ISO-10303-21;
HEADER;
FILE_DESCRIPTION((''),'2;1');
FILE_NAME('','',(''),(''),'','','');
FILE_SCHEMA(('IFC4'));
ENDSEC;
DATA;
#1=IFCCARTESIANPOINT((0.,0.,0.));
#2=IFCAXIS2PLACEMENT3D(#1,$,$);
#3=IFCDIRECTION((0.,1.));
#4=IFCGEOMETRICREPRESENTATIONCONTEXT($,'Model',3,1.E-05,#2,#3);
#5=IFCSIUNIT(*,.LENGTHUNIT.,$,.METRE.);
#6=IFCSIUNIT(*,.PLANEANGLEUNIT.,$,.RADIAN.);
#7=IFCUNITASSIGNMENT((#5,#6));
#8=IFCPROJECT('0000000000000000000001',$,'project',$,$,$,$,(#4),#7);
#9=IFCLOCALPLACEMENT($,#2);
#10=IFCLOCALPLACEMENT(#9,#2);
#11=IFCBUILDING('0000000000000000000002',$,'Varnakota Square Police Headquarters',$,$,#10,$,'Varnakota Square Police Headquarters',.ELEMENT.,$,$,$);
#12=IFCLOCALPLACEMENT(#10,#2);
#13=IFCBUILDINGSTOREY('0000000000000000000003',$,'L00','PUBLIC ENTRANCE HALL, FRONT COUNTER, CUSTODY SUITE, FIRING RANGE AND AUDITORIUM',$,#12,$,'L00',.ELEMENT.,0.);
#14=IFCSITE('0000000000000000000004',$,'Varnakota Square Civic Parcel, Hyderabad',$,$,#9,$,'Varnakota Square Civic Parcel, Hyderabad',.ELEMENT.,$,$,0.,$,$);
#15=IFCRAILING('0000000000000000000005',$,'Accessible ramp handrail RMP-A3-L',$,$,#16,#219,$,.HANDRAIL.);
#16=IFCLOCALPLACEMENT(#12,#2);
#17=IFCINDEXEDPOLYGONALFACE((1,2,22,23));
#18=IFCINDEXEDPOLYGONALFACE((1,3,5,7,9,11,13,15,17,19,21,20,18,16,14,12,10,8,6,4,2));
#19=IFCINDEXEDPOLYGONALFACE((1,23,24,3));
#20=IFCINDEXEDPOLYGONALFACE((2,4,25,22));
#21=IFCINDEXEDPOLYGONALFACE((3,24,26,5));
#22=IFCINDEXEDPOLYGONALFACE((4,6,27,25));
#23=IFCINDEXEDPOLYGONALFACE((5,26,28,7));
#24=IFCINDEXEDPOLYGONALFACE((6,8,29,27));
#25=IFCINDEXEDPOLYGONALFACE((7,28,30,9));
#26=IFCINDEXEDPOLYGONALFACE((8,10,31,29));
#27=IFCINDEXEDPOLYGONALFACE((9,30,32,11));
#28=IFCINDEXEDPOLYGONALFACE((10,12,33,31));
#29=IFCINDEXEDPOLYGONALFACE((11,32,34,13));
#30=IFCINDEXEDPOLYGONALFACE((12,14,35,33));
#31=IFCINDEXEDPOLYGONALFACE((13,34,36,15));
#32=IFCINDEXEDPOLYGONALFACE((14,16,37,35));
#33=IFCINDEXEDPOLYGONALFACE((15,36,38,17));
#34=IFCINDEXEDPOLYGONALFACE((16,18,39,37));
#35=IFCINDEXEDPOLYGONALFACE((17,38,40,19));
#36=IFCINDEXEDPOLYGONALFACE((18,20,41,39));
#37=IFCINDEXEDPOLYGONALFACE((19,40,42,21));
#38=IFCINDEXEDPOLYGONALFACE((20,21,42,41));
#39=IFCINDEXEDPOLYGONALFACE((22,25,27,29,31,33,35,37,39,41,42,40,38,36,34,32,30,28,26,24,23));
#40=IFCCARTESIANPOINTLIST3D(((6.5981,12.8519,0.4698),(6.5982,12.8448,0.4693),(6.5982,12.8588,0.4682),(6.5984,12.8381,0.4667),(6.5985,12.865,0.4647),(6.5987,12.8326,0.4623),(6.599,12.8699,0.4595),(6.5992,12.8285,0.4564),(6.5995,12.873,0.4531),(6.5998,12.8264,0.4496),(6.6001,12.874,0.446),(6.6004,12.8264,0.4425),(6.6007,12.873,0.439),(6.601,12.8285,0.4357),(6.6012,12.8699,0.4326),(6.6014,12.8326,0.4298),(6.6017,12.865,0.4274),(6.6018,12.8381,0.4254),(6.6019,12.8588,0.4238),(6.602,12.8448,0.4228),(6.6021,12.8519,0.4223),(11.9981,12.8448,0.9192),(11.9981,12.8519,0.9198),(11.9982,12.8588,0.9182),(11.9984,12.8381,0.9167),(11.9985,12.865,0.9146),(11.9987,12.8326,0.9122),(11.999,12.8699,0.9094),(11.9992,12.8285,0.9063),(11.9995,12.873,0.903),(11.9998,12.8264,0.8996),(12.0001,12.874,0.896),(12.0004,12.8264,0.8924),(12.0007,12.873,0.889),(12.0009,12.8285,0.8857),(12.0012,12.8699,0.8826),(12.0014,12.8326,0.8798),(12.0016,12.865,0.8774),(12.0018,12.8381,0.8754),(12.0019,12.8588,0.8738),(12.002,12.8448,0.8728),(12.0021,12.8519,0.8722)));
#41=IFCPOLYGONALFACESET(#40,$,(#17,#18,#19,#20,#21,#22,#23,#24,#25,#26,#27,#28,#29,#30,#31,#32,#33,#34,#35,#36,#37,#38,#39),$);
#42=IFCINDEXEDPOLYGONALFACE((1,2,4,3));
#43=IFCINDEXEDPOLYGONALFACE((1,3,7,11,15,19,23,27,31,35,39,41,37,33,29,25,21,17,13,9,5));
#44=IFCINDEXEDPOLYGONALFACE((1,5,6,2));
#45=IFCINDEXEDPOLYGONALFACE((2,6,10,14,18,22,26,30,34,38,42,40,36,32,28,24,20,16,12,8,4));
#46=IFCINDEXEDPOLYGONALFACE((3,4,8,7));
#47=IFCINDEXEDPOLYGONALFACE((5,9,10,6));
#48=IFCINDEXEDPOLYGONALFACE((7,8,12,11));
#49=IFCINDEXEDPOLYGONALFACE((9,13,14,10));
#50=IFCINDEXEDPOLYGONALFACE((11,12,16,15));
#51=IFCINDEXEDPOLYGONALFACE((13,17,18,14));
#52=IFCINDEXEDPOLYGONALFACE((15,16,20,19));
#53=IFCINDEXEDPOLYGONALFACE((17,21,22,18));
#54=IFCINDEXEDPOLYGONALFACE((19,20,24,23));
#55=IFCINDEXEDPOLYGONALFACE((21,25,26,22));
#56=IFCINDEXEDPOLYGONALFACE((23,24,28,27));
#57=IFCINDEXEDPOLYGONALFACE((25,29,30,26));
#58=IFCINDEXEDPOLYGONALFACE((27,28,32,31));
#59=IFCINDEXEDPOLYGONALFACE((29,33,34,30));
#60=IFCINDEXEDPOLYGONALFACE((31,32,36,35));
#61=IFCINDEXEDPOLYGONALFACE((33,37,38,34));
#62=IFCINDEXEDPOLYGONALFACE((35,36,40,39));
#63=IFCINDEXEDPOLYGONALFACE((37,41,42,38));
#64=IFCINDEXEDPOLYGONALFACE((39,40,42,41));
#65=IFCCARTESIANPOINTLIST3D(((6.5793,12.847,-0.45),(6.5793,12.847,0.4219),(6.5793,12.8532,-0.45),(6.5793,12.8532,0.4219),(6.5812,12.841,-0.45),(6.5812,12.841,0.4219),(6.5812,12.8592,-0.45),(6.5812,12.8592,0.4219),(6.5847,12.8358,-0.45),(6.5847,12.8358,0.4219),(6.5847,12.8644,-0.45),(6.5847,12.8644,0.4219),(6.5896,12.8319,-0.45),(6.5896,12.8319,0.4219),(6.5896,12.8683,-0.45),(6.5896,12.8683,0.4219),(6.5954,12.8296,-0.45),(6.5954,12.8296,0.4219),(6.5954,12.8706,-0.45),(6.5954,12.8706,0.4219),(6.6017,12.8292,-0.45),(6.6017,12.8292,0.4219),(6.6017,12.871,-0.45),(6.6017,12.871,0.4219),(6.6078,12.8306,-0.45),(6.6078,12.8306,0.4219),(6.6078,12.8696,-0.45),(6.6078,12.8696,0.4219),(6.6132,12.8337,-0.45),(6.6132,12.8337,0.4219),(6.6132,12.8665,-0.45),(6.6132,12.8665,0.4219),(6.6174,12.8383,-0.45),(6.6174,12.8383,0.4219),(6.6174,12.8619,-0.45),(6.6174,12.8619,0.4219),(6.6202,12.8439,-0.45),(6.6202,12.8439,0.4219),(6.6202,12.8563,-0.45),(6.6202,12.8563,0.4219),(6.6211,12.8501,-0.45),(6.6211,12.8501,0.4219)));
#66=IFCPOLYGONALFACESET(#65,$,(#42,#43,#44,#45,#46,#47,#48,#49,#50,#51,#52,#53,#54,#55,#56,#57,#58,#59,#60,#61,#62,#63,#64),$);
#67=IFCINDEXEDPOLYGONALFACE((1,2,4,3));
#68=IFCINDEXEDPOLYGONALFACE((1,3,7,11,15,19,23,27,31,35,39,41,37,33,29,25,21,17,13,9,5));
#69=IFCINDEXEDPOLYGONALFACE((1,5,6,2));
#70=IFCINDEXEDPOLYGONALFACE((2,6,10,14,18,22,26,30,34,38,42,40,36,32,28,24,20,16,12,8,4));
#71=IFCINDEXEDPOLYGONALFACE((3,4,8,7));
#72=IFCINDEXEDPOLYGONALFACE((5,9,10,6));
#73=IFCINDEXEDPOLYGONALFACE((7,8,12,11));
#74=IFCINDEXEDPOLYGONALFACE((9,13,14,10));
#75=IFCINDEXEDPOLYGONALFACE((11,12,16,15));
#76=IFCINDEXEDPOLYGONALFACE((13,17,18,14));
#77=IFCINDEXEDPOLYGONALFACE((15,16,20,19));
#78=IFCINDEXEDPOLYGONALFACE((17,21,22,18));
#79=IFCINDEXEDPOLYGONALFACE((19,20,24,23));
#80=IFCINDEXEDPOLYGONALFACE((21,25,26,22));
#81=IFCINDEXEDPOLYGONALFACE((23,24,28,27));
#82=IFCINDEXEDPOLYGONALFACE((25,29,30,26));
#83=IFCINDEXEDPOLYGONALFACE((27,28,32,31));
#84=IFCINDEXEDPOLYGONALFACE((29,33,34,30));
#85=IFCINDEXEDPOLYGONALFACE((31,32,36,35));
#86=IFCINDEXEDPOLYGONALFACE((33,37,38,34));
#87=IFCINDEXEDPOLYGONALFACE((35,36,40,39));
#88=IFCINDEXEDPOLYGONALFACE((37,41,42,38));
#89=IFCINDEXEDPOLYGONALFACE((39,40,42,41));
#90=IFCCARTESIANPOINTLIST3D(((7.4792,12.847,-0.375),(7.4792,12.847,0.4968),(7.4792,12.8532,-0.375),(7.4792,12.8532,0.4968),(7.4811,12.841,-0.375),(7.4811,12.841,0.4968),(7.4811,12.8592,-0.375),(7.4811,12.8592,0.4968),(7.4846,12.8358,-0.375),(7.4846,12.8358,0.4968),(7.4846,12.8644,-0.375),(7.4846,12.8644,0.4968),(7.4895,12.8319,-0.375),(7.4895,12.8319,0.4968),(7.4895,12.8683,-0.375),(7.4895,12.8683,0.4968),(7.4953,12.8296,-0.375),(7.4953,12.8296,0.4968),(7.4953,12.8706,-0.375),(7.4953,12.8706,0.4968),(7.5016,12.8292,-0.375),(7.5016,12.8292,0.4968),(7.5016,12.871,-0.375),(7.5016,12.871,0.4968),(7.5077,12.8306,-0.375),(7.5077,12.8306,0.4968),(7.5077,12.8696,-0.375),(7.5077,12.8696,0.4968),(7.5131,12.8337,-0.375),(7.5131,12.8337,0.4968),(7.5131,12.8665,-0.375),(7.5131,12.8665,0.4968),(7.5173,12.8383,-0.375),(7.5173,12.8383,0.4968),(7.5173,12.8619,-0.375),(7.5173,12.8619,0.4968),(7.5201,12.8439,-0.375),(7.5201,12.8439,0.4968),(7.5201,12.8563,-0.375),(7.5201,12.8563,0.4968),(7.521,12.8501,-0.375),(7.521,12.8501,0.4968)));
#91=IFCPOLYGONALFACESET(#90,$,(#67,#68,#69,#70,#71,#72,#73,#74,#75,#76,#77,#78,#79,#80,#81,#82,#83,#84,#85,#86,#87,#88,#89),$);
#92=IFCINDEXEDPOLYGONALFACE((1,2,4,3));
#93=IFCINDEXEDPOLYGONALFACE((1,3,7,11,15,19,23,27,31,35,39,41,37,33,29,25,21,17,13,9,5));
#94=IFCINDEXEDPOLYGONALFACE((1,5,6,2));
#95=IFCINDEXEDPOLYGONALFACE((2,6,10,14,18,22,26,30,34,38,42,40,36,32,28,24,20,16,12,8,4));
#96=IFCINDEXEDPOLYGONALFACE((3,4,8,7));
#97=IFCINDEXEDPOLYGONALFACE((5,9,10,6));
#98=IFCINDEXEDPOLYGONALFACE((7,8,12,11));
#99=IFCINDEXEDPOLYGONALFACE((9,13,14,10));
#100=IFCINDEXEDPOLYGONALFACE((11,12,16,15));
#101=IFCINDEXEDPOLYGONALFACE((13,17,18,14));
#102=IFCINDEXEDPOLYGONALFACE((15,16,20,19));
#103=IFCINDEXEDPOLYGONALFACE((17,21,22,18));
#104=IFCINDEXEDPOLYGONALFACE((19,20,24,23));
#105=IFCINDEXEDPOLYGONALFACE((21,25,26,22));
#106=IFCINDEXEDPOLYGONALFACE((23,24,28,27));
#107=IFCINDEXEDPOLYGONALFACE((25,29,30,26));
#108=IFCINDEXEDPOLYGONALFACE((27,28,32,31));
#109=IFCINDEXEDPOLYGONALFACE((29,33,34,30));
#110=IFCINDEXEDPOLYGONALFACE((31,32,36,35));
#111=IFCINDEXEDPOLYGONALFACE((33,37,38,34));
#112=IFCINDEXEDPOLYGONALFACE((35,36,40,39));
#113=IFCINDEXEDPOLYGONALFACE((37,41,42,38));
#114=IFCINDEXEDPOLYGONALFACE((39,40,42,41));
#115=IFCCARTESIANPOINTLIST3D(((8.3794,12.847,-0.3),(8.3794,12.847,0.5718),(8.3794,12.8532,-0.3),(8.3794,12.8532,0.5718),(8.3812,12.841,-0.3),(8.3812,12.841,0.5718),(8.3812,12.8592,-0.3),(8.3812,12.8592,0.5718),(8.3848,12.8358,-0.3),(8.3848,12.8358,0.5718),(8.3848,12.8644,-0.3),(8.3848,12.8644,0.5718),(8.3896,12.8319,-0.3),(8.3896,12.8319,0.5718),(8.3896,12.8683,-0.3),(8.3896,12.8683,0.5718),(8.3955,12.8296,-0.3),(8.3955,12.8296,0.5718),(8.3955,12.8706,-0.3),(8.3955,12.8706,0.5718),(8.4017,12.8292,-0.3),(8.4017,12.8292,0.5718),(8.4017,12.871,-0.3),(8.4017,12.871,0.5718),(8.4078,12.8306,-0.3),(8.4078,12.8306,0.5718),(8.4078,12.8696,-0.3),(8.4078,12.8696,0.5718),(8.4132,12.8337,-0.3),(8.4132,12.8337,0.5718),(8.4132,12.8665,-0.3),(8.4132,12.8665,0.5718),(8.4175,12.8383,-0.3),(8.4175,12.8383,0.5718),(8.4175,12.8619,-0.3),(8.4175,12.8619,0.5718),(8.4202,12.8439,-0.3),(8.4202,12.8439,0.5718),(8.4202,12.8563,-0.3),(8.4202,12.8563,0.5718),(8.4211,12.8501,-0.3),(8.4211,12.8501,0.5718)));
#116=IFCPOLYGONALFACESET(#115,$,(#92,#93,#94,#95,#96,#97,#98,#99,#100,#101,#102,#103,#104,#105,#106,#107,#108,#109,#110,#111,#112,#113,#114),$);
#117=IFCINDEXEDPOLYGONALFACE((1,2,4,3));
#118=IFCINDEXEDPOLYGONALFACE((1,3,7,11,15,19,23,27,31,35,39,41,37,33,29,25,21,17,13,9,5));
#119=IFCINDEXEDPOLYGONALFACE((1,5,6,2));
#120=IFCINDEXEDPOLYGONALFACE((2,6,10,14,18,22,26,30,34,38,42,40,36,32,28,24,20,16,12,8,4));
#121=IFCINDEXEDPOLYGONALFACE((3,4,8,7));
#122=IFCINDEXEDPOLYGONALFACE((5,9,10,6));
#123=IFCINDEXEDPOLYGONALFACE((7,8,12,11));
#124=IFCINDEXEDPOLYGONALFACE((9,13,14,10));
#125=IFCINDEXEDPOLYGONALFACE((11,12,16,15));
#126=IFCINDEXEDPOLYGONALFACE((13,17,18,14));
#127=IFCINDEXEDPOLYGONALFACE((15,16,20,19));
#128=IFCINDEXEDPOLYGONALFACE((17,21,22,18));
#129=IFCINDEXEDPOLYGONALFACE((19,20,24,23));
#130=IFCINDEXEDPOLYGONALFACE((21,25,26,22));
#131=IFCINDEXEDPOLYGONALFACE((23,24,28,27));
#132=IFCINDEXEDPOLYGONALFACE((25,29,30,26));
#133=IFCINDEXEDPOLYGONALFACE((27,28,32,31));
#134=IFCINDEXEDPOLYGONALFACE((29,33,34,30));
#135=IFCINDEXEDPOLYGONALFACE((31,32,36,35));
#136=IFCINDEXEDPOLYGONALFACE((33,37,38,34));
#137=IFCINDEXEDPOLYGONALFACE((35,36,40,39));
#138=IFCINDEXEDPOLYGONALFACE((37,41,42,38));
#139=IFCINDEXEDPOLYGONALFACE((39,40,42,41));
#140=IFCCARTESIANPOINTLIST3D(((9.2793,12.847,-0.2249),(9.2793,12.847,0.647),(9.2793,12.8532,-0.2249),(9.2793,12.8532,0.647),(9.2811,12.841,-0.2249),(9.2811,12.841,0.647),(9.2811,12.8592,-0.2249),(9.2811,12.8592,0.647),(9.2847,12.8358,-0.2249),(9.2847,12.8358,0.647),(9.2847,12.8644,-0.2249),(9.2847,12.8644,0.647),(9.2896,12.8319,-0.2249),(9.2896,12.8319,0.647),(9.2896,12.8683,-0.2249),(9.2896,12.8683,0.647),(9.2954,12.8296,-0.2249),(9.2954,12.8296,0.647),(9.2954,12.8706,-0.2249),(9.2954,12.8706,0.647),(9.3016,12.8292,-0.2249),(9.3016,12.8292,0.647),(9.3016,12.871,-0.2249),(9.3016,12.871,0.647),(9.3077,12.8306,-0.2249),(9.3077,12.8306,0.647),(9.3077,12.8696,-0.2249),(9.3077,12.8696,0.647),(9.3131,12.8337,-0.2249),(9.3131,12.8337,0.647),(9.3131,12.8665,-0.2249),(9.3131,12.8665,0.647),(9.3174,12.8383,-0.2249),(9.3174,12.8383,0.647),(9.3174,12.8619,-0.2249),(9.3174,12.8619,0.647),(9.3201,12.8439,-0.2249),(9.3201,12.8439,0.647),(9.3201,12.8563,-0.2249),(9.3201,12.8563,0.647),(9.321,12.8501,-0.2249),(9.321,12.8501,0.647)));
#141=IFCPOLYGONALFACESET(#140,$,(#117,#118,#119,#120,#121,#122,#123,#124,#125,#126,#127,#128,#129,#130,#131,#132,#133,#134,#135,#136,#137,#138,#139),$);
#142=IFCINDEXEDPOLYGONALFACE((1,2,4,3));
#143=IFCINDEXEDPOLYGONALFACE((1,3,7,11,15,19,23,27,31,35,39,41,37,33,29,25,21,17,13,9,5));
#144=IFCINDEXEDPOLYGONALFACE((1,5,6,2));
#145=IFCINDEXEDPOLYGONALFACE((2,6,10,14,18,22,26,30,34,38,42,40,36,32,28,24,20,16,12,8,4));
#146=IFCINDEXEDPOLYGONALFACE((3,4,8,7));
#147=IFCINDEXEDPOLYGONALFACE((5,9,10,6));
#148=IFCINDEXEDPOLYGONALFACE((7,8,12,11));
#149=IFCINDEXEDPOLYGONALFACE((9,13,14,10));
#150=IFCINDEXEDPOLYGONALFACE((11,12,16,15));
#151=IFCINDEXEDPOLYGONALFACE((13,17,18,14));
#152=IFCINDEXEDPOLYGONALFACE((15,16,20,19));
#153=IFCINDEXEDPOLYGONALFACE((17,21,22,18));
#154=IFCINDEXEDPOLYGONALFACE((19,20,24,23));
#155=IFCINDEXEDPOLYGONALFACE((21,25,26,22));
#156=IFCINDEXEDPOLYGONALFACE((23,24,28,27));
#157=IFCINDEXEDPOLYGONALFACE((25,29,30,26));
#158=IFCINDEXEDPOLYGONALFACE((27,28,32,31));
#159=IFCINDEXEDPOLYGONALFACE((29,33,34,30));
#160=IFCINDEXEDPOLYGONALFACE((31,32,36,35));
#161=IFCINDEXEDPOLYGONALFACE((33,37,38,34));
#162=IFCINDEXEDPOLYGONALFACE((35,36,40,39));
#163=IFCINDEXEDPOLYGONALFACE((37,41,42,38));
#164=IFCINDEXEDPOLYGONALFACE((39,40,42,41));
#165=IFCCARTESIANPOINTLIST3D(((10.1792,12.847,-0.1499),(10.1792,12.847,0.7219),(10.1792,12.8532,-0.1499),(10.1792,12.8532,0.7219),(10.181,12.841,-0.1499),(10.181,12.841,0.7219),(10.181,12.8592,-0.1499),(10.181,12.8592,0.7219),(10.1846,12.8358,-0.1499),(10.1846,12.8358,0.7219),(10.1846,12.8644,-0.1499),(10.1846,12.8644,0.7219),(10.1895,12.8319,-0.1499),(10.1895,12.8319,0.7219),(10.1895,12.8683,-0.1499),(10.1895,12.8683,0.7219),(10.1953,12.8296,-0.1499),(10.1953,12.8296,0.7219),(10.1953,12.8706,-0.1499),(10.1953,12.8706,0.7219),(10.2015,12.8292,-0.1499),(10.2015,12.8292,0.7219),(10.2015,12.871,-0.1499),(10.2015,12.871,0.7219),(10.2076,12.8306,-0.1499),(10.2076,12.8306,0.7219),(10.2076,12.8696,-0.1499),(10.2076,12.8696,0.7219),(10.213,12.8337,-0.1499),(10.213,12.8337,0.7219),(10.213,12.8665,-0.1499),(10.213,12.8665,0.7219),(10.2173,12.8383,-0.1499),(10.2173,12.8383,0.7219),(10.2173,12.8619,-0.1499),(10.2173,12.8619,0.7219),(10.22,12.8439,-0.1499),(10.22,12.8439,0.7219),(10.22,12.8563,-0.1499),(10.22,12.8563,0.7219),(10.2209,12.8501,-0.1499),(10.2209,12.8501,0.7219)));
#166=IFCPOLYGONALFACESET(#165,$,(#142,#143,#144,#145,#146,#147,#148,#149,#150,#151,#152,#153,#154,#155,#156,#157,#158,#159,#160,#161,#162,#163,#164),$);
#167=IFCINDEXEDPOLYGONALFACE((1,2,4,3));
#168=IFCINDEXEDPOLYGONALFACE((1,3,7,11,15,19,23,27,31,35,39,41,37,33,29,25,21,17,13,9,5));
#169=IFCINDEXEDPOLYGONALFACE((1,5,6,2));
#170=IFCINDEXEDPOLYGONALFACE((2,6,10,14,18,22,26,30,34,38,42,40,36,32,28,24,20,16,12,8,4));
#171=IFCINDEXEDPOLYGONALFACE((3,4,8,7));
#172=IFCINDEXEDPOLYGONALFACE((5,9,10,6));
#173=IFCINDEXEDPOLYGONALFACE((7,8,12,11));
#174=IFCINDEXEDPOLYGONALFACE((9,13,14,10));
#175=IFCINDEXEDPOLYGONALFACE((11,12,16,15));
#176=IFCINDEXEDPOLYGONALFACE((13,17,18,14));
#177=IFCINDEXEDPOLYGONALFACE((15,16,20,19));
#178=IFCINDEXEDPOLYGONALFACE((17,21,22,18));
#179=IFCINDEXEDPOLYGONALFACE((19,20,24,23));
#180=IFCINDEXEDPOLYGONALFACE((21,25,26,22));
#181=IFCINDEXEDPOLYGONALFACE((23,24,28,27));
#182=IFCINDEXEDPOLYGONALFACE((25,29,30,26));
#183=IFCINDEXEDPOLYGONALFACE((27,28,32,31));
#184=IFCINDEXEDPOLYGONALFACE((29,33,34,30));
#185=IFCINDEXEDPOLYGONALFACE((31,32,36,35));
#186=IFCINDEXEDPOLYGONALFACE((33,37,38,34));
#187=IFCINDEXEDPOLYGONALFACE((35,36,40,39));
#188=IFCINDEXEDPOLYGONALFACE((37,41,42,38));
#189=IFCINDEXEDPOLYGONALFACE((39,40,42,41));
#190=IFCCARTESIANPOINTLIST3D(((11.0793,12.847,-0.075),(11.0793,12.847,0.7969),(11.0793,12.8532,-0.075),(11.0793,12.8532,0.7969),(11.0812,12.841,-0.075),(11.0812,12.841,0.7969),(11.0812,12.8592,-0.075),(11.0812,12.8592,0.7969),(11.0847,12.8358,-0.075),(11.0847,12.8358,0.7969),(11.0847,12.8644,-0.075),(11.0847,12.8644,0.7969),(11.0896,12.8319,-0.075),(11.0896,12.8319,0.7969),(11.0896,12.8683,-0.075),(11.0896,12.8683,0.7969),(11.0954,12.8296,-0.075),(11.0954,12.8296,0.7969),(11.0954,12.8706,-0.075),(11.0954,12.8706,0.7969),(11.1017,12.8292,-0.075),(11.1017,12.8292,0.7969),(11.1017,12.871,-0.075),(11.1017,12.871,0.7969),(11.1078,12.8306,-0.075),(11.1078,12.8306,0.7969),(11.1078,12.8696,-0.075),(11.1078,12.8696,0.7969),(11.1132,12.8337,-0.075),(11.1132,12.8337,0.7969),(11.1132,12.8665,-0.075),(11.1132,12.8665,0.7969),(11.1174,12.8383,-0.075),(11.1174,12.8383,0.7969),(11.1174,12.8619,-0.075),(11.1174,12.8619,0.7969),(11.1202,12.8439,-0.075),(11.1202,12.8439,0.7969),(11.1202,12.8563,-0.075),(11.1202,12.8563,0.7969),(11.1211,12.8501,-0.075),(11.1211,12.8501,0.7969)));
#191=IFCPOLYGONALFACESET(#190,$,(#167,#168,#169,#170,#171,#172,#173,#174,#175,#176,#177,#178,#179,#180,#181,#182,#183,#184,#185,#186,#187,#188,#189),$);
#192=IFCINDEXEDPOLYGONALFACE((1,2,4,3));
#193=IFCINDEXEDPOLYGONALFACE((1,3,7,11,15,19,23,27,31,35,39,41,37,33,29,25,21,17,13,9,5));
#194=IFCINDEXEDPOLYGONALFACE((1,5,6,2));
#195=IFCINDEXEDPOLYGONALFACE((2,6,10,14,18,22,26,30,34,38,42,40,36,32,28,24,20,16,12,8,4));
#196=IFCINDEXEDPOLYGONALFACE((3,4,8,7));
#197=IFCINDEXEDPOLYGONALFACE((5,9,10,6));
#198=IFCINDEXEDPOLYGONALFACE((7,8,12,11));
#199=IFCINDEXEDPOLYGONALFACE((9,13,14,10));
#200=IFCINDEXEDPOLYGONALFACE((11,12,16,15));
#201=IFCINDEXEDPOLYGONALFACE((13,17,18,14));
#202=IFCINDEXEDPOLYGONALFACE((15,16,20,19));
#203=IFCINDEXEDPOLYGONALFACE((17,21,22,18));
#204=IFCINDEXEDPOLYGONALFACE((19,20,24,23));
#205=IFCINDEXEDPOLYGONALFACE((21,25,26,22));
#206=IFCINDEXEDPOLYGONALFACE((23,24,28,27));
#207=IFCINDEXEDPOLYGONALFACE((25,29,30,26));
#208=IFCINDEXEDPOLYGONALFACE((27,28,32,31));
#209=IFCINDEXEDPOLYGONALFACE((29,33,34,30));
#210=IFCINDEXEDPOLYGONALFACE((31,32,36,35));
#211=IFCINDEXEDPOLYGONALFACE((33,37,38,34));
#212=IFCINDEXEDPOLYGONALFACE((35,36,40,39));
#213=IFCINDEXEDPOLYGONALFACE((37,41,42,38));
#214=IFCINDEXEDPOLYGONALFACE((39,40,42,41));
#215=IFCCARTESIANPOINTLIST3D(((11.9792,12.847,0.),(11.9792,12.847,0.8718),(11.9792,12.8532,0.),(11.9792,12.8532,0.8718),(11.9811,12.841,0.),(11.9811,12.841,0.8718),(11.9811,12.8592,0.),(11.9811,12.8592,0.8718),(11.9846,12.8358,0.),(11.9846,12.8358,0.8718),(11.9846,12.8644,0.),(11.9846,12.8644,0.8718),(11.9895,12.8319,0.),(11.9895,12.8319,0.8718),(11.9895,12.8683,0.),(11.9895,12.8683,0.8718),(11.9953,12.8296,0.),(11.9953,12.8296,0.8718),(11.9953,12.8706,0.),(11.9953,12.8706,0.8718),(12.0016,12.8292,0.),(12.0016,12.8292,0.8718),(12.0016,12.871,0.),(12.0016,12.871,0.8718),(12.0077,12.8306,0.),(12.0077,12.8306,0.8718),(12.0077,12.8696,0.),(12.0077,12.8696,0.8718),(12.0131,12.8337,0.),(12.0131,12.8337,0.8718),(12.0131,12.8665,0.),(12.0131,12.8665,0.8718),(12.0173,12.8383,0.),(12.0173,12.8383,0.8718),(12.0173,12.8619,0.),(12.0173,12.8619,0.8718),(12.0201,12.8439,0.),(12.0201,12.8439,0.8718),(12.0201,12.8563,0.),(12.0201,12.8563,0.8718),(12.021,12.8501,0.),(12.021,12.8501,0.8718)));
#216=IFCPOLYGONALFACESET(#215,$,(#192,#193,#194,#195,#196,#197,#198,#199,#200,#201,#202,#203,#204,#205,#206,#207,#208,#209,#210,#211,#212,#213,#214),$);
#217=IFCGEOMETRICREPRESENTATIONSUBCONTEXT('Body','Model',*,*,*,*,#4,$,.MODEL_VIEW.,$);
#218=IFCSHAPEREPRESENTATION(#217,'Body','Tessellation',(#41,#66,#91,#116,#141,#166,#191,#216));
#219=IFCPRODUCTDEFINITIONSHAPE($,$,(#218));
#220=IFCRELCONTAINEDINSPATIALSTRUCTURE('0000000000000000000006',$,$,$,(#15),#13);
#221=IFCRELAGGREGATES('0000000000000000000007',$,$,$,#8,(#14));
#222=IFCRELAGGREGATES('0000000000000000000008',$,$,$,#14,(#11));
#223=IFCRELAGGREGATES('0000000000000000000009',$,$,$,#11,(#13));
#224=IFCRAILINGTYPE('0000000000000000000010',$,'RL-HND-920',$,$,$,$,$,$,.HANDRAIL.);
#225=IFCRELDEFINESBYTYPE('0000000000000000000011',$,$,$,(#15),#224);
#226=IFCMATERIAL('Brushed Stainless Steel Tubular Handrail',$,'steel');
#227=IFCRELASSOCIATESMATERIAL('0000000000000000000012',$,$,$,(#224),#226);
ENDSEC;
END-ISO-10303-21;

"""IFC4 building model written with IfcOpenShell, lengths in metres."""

from ifc_helpers import new_model, si_unit, direction, frame, origin, origin_2d, place, context, subcontext, project, spatial, circle, extrude, material, type_object, element, save


model = new_model("IFC4")

# Units and contexts
model_context = context("Model", 3, precision=1e-05, world=origin(), true_north=direction((0.0, 1.0)))
body_context = subcontext(model_context, "Body", "Model", "MODEL_VIEW")
ifc_project = project(units=[si_unit("LENGTHUNIT", "METRE"), si_unit("PLANEANGLEUNIT", "RADIAN")], contexts=[model_context])

# Site, building, storey
site_placement = place(None, origin())
site = spatial("IfcSite", under=ifc_project, at=site_placement, Name="Varnakota Square Civic Parcel, Hyderabad", LongName="Varnakota Square Civic Parcel, Hyderabad", CompositionType="ELEMENT", RefElevation=0.0)
building_placement = place(site_placement, origin())
building = spatial("IfcBuilding", under=site, at=building_placement, Name="Varnakota Square Police Headquarters", LongName="Varnakota Square Police Headquarters", CompositionType="ELEMENT")
storey_placement = place(building_placement, origin())
storey = spatial("IfcBuildingStorey", under=building, at=storey_placement, Name="L00", Description="PUBLIC ENTRANCE HALL, FRONT COUNTER, CUSTODY SUITE, FIRING RANGE AND AUDITORIUM", LongName="L00", CompositionType="ELEMENT", Elevation=0.0)

# Railing
ifc_material_1 = material(Name="Brushed Stainless Steel Tubular Handrail", Category="steel")
railing_type = type_object("IfcRailingType", Name="RL-HND-920", PredefinedType="HANDRAIL", material=ifc_material_1)
railing_placement = place(storey_placement, frame((6.6001, 12.8501, -0.45)))
element("IfcRailing", 1, at=railing_placement, inside=storey, type_object=railing_type, Name="Accessible ramp handrail RMP-A3-L", PredefinedType="HANDRAIL", context=body_context, shape_type="SweptSolid", body=[
    extrude(circle(Radius=0.0239, at=origin_2d()), frame((0.0, 0.0, 0.896), z_axis=(0.996546, 0.0, 0.083038), x_axis=(0.0, 1.0, 0.0)), (0.0, 0.0, 1.0), 5.4187),
    extrude(circle(Radius=0.021, at=origin_2d()), origin(), (0.0, 0.0, 1.0), 0.8718),
    extrude(circle(Radius=0.021, at=origin_2d()), frame((0.8999, 0.0, 0.075)), (0.0, 0.0, 1.0), 0.8718),
    extrude(circle(Radius=0.021, at=origin_2d()), frame((1.8, 0.0, 0.1499)), (0.0, 0.0, 1.0), 0.8718),
    extrude(circle(Radius=0.021, at=origin_2d()), frame((2.7, 0.0, 0.2251)), (0.0, 0.0, 1.0), 0.8718),
    extrude(circle(Radius=0.021, at=origin_2d()), frame((3.5999, 0.0, 0.3)), (0.0, 0.0, 1.0), 0.8718),
    extrude(circle(Radius=0.021, at=origin_2d()), frame((4.5, 0.0, 0.375)), (0.0, 0.0, 1.0), 0.8718),
    extrude(circle(Radius=0.021, at=origin_2d()), frame((5.3999, 0.0, 0.45)), (0.0, 0.0, 1.0), 0.8718),
])

save(model, "model.ifc")
